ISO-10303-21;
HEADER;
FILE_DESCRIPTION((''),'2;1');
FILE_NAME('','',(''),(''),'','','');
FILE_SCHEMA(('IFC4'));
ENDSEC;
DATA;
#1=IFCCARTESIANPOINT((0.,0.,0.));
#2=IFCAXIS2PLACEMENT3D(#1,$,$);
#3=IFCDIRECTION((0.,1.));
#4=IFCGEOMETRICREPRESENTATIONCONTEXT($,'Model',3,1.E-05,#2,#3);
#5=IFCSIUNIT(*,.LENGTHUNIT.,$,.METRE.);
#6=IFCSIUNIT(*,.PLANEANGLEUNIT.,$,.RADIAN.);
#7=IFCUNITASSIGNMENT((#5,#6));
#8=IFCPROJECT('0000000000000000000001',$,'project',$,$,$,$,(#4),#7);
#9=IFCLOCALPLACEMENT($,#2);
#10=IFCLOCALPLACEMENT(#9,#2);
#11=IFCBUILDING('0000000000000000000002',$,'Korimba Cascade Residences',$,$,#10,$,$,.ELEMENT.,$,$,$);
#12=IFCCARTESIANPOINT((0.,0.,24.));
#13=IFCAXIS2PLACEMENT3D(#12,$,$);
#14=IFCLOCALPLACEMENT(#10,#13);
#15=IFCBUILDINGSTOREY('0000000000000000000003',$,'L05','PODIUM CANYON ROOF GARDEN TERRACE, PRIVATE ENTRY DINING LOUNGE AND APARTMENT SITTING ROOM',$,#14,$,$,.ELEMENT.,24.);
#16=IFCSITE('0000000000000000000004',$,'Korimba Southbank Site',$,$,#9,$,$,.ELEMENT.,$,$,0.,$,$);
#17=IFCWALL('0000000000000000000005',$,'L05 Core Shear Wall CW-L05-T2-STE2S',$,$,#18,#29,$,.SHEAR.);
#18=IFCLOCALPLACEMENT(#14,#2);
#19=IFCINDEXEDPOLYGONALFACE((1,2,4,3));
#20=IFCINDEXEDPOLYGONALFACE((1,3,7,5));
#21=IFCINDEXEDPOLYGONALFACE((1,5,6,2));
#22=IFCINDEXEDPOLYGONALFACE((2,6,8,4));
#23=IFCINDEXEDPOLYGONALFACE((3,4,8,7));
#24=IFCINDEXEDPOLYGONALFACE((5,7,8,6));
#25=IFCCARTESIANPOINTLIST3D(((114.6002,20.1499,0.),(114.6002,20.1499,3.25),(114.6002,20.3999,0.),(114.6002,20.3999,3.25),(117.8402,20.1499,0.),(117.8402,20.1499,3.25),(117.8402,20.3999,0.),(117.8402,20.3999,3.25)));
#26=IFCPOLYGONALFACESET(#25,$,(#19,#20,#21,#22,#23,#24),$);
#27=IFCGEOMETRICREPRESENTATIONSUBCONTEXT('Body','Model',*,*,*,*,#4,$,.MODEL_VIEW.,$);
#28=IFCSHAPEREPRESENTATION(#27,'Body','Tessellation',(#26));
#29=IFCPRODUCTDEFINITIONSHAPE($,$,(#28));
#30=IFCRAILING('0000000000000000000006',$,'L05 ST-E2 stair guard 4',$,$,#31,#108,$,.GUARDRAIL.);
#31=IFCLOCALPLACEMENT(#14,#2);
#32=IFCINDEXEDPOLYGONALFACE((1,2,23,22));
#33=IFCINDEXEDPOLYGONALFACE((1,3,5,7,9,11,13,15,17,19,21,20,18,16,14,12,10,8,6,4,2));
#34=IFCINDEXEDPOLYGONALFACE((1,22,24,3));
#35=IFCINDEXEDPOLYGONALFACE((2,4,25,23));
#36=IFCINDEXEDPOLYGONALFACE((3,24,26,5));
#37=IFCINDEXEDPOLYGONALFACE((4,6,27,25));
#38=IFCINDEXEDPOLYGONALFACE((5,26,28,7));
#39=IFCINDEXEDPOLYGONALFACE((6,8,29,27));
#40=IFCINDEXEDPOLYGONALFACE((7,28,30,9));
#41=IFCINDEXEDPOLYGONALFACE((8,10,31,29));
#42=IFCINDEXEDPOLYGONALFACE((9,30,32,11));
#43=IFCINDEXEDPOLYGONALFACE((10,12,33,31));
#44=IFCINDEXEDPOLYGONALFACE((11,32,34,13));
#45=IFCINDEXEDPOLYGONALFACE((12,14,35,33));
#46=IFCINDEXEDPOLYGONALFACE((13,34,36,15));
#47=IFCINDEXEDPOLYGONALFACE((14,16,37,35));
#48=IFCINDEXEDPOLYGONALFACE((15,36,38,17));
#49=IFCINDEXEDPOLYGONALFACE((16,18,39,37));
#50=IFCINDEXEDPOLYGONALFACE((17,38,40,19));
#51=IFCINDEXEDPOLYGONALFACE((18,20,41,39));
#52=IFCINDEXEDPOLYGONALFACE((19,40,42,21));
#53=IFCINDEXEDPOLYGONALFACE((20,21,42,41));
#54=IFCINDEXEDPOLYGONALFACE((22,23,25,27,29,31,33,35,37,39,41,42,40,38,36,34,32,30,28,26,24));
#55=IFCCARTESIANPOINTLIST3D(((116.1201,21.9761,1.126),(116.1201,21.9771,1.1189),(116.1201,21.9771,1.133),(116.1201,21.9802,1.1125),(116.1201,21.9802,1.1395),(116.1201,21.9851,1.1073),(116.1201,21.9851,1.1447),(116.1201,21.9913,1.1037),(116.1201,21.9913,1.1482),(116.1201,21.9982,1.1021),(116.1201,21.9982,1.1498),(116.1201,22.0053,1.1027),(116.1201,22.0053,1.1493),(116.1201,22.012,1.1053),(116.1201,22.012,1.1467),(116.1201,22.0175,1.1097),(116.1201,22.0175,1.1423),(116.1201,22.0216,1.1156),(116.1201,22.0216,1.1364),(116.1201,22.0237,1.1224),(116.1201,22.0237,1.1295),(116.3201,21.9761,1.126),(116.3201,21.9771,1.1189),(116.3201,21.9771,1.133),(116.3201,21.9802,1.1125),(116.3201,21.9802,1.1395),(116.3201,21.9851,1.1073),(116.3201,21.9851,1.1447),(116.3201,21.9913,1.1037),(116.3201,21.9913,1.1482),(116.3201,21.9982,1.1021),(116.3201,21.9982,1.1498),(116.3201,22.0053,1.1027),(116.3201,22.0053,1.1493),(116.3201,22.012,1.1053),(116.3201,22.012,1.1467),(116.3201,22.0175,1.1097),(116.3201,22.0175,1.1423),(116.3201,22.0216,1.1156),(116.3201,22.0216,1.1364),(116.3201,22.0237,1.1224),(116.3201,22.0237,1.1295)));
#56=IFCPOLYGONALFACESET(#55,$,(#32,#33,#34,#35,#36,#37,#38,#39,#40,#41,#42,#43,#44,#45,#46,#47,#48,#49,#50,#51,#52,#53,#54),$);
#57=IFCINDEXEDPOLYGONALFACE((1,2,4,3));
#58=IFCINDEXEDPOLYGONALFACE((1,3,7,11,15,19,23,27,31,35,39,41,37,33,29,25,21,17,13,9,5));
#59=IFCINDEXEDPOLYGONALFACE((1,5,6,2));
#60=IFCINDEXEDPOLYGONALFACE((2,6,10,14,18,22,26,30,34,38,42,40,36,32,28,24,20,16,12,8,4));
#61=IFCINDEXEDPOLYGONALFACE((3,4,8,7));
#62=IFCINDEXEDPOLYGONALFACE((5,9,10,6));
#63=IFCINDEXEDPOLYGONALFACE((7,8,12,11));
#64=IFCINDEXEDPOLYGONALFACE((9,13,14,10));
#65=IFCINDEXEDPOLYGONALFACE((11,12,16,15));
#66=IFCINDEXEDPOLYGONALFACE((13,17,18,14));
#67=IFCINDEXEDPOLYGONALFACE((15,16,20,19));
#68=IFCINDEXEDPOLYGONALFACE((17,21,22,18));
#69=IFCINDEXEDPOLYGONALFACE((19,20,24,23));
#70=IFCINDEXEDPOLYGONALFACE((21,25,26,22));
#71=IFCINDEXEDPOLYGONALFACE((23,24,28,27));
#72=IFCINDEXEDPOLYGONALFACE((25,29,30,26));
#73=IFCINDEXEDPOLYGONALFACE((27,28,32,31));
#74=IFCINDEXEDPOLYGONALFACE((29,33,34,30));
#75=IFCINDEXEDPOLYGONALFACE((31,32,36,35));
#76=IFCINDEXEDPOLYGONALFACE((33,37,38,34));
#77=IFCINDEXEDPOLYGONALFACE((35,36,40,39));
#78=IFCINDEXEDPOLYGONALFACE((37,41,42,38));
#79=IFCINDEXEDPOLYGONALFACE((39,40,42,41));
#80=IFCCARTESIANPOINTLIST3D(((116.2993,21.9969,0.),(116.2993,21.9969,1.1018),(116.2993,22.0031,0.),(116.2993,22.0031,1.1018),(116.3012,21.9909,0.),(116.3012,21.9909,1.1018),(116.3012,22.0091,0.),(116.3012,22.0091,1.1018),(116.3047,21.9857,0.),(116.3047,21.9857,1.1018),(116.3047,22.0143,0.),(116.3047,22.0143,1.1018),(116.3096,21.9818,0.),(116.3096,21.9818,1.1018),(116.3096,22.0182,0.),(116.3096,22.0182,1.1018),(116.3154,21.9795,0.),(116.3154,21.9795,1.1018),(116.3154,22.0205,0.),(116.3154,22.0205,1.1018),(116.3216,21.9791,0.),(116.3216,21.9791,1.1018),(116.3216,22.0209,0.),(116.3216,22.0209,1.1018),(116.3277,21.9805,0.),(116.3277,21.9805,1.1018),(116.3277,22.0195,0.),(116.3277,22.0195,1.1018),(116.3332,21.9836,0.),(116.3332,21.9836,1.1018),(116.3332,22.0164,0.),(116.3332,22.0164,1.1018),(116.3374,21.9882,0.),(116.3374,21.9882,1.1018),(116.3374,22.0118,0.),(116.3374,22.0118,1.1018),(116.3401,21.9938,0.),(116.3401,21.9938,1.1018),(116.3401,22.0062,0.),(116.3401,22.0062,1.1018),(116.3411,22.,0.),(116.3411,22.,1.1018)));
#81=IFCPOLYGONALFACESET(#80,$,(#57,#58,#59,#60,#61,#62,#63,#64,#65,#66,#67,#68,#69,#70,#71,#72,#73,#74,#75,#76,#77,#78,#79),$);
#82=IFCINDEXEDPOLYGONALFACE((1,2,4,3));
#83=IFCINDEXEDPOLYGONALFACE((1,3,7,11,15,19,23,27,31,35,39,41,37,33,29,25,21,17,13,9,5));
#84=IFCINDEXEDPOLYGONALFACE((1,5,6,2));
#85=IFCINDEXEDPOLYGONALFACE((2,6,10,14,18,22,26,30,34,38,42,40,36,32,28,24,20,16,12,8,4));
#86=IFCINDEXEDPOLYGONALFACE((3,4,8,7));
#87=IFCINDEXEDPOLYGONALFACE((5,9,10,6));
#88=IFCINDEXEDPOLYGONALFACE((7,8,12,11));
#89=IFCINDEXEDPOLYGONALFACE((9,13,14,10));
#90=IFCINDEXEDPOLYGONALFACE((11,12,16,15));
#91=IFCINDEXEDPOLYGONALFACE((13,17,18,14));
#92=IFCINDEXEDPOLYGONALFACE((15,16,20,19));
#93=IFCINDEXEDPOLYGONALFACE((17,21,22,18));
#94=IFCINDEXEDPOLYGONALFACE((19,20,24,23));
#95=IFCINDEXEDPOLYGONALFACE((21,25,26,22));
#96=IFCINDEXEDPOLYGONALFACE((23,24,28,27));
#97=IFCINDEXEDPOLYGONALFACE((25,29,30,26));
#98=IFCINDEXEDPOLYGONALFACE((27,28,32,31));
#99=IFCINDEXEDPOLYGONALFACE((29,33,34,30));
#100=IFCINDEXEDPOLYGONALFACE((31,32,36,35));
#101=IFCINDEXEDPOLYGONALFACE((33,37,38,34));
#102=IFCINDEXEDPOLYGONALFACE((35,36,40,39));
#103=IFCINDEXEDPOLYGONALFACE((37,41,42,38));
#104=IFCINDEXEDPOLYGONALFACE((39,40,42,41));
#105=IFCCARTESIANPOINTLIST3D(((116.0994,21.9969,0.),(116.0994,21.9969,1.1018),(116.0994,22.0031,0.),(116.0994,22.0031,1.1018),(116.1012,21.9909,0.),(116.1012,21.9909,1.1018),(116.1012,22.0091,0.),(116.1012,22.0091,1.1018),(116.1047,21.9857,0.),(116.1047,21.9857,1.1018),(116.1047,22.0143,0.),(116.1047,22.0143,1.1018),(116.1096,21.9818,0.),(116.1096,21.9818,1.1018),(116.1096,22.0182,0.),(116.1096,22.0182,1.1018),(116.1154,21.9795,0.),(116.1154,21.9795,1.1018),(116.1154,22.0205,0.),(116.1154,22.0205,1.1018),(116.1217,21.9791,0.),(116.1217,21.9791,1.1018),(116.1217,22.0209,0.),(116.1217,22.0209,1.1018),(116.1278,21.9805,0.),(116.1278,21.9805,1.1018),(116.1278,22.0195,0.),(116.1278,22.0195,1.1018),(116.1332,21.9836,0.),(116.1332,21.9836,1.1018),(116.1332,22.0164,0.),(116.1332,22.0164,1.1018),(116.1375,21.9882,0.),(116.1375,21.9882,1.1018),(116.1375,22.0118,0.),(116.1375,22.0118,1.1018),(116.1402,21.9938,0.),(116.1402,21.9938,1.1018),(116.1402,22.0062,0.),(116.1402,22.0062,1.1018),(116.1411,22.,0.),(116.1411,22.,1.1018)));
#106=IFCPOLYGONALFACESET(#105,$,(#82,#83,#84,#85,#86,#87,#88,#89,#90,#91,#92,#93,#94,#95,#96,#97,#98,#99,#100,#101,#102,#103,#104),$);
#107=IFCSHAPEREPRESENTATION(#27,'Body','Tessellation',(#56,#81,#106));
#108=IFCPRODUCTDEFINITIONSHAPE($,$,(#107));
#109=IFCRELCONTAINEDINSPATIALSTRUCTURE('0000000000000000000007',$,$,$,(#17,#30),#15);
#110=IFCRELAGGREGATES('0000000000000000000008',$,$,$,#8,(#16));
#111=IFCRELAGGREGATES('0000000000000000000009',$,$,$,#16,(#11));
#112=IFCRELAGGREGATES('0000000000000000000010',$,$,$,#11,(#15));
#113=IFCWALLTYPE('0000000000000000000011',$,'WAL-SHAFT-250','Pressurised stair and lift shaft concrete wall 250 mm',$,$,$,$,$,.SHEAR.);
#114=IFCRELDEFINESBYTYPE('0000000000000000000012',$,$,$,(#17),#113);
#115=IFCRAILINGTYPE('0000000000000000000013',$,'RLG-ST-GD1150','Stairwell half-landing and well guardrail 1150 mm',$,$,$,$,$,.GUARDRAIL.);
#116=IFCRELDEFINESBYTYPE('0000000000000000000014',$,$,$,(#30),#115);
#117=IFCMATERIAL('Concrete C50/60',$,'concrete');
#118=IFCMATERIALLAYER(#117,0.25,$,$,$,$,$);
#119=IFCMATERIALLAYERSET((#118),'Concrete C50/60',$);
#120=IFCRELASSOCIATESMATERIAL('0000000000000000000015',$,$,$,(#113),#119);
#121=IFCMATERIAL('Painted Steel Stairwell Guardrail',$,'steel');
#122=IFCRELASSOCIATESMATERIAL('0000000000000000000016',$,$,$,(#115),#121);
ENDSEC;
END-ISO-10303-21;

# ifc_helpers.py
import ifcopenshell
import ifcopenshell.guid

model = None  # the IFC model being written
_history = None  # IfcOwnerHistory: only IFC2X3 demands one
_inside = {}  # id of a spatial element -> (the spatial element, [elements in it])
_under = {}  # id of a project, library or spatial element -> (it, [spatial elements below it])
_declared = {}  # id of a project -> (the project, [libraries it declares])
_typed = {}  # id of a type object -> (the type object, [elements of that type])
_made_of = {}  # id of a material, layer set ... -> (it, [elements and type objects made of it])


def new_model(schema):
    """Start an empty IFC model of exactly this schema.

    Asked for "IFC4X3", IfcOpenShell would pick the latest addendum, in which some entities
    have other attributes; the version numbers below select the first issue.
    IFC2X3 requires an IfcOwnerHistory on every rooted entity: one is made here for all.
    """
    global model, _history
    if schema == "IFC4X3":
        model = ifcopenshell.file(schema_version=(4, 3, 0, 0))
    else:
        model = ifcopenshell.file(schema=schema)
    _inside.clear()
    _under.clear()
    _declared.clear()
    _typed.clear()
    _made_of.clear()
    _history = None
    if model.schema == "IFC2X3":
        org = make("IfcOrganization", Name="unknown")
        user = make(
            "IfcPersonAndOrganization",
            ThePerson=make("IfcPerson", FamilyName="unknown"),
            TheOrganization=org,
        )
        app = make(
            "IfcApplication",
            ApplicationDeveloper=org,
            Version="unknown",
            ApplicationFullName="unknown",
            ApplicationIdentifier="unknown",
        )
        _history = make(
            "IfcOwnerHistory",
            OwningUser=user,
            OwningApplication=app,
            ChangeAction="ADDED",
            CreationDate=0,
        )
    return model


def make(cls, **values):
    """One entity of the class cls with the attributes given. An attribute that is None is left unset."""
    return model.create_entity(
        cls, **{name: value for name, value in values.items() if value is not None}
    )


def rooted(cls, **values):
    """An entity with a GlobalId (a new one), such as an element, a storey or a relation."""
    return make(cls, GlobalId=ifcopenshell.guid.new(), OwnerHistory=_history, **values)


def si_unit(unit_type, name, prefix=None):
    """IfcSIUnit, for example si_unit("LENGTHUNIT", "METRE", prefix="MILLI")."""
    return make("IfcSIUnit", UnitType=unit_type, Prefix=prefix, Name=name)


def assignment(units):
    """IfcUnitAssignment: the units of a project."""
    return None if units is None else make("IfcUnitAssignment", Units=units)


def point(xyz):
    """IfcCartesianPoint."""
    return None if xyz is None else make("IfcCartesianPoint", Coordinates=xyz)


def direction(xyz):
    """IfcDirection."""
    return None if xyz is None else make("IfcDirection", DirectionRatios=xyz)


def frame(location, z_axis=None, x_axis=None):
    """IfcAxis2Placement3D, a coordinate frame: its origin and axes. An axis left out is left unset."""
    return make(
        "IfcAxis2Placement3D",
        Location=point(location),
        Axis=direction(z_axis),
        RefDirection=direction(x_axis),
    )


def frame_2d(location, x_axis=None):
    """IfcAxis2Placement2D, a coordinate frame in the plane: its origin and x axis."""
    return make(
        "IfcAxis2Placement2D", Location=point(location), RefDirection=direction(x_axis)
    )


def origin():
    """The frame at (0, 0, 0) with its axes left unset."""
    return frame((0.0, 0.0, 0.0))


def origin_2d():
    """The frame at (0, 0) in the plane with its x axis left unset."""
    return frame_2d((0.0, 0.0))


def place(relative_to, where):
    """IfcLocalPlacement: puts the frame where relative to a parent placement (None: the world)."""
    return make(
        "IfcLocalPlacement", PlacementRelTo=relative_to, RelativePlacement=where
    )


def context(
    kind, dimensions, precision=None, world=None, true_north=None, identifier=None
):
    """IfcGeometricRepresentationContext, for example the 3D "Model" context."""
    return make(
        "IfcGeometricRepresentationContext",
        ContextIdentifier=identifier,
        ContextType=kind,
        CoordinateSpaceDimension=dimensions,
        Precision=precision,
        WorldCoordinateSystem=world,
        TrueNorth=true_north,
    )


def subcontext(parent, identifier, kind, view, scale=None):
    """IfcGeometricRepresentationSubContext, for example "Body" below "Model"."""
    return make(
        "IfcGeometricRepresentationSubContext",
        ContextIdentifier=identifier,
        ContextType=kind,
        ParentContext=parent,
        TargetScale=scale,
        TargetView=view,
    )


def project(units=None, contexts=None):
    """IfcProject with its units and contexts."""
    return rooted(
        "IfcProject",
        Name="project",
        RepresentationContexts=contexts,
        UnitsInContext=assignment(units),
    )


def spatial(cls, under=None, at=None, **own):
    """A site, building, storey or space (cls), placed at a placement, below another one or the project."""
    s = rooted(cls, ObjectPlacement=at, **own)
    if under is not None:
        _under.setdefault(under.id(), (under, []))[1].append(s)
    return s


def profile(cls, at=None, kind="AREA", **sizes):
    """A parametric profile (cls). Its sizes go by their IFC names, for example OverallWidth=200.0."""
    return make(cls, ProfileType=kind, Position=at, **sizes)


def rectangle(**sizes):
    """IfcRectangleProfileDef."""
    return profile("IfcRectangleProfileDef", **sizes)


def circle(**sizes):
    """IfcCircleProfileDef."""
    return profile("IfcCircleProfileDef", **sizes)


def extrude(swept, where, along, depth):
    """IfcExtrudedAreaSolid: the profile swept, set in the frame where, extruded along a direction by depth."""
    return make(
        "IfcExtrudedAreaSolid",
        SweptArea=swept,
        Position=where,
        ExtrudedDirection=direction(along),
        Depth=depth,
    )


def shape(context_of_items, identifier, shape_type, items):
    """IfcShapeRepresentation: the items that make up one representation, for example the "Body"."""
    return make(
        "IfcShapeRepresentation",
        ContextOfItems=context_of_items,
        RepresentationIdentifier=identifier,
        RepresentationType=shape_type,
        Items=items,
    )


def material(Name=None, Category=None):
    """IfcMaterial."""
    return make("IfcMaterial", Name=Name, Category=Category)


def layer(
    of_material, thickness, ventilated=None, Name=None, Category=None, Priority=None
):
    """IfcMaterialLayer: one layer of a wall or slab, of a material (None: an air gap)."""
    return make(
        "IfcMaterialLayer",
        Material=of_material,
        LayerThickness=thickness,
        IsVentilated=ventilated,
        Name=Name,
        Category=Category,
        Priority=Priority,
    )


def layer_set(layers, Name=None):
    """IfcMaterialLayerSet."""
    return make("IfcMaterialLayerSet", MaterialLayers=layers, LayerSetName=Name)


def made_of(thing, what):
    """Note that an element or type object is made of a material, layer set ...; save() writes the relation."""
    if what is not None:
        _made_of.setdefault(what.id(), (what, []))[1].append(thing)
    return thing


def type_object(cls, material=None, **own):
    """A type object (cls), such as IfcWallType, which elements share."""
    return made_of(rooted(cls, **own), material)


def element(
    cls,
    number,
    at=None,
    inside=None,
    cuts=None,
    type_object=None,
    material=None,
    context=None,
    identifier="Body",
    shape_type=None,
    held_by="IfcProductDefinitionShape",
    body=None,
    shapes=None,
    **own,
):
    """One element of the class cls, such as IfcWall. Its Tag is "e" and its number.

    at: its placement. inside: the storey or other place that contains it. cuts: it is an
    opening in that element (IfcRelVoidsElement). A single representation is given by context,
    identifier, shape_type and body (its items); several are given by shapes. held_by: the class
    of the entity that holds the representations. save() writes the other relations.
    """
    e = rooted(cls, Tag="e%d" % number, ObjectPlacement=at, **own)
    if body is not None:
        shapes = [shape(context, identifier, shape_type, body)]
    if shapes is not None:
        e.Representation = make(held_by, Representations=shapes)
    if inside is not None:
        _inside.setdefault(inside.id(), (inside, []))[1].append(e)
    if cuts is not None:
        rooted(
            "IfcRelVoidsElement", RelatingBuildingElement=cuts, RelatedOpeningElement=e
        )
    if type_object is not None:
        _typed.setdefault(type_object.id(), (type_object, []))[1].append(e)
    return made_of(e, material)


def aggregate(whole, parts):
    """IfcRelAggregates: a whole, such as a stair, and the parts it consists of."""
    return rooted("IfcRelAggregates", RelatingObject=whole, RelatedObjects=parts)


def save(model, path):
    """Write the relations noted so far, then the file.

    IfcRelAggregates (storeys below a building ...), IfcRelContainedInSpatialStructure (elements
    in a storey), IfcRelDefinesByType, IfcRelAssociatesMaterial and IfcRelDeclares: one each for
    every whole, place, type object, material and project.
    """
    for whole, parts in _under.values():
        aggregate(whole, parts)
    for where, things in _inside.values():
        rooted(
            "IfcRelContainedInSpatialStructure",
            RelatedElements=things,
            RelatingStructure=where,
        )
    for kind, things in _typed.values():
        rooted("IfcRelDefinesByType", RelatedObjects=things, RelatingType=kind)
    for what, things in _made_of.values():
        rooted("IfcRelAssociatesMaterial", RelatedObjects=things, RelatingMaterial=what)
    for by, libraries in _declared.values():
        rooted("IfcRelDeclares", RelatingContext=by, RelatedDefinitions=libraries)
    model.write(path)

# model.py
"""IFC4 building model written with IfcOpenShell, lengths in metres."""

from ifc_helpers import new_model, si_unit, direction, frame, frame_2d, origin, origin_2d, place, context, subcontext, project, spatial, rectangle, circle, extrude, material, layer, layer_set, type_object, element, save


model = new_model("IFC4")

# Units and contexts
model_context = context("Model", 3, precision=1e-05, world=origin(), true_north=direction((0.0, 1.0)))
body_context = subcontext(model_context, "Body", "Model", "MODEL_VIEW")
ifc_project = project(units=[si_unit("LENGTHUNIT", "METRE"), si_unit("PLANEANGLEUNIT", "RADIAN")], contexts=[model_context])

# Site, building, storey
site_placement = place(None, origin())
site = spatial("IfcSite", under=ifc_project, at=site_placement, Name="Korimba Southbank Site", CompositionType="ELEMENT", RefElevation=0.0)
building_placement = place(site_placement, origin())
building = spatial("IfcBuilding", under=site, at=building_placement, Name="Korimba Cascade Residences", CompositionType="ELEMENT")
storey_placement = place(building_placement, frame((0.0, 0.0, 24.0)))
storey = spatial("IfcBuildingStorey", under=building, at=storey_placement, Name="L05", Description="PODIUM CANYON ROOF GARDEN TERRACE, PRIVATE ENTRY DINING LOUNGE AND APARTMENT SITTING ROOM", CompositionType="ELEMENT", Elevation=24.0)

# Shared definitions
ifc_material_1 = material(Name="Concrete C50/60", Category="concrete")

# Shared definitions
ifc_layer_1 = layer(ifc_material_1, 0.25)
ifc_layer_set_1 = layer_set([ifc_layer_1], Name="Concrete C50/60")
wall_type_1 = type_object("IfcWallType", Name="WAL-SHAFT-250", Description="Pressurised stair and lift shaft concrete wall 250 mm", PredefinedType="SHEAR", material=ifc_layer_set_1)

# Wall
wall_1_placement = place(storey_placement, frame((114.6001, 20.2749, 0.0), z_axis=(0.0, 0.0, 1.0), x_axis=(1.0, 0.0, 0.0)))
element("IfcWall", 1, at=wall_1_placement, inside=storey, type_object=wall_type_1, Name="L05 Core Shear Wall CW-L05-T2-STE2S", PredefinedType="SHEAR", context=body_context, shape_type="SweptSolid", body=[
    extrude(rectangle(XDim=3.24, YDim=0.25, at=frame_2d((1.6201, 0.0))), origin(), (0.0, 0.0, 1.0), 3.25),
])

# Railing
ifc_material_2 = material(Name="Painted Steel Stairwell Guardrail", Category="steel")
railing_type = type_object("IfcRailingType", Name="RLG-ST-GD1150", Description="Stairwell half-landing and well guardrail 1150 mm", PredefinedType="GUARDRAIL", material=ifc_material_2)
railing_placement = place(storey_placement, frame((116.3201, 22.0, 0.0)))
element("IfcRailing", 2, at=railing_placement, inside=storey, type_object=railing_type, Name="L05 ST-E2 stair guard 4", PredefinedType="GUARDRAIL", context=body_context, shape_type="SweptSolid", body=[
    extrude(circle(Radius=0.0239, at=origin_2d()), frame((0.0, 0.0, 1.126), z_axis=(-1.0, 0.0, 0.0), x_axis=(0.0, -1.0, 0.0)), (0.0, 0.0, 1.0), 0.2),
    extrude(circle(Radius=0.021, at=origin_2d()), origin(), (0.0, 0.0, 1.0), 1.1018),
    extrude(circle(Radius=0.021, at=origin_2d()), frame((-0.2, 0.0, 0.0)), (0.0, 0.0, 1.0), 1.1018),
])

save(model, "model.ifc")
